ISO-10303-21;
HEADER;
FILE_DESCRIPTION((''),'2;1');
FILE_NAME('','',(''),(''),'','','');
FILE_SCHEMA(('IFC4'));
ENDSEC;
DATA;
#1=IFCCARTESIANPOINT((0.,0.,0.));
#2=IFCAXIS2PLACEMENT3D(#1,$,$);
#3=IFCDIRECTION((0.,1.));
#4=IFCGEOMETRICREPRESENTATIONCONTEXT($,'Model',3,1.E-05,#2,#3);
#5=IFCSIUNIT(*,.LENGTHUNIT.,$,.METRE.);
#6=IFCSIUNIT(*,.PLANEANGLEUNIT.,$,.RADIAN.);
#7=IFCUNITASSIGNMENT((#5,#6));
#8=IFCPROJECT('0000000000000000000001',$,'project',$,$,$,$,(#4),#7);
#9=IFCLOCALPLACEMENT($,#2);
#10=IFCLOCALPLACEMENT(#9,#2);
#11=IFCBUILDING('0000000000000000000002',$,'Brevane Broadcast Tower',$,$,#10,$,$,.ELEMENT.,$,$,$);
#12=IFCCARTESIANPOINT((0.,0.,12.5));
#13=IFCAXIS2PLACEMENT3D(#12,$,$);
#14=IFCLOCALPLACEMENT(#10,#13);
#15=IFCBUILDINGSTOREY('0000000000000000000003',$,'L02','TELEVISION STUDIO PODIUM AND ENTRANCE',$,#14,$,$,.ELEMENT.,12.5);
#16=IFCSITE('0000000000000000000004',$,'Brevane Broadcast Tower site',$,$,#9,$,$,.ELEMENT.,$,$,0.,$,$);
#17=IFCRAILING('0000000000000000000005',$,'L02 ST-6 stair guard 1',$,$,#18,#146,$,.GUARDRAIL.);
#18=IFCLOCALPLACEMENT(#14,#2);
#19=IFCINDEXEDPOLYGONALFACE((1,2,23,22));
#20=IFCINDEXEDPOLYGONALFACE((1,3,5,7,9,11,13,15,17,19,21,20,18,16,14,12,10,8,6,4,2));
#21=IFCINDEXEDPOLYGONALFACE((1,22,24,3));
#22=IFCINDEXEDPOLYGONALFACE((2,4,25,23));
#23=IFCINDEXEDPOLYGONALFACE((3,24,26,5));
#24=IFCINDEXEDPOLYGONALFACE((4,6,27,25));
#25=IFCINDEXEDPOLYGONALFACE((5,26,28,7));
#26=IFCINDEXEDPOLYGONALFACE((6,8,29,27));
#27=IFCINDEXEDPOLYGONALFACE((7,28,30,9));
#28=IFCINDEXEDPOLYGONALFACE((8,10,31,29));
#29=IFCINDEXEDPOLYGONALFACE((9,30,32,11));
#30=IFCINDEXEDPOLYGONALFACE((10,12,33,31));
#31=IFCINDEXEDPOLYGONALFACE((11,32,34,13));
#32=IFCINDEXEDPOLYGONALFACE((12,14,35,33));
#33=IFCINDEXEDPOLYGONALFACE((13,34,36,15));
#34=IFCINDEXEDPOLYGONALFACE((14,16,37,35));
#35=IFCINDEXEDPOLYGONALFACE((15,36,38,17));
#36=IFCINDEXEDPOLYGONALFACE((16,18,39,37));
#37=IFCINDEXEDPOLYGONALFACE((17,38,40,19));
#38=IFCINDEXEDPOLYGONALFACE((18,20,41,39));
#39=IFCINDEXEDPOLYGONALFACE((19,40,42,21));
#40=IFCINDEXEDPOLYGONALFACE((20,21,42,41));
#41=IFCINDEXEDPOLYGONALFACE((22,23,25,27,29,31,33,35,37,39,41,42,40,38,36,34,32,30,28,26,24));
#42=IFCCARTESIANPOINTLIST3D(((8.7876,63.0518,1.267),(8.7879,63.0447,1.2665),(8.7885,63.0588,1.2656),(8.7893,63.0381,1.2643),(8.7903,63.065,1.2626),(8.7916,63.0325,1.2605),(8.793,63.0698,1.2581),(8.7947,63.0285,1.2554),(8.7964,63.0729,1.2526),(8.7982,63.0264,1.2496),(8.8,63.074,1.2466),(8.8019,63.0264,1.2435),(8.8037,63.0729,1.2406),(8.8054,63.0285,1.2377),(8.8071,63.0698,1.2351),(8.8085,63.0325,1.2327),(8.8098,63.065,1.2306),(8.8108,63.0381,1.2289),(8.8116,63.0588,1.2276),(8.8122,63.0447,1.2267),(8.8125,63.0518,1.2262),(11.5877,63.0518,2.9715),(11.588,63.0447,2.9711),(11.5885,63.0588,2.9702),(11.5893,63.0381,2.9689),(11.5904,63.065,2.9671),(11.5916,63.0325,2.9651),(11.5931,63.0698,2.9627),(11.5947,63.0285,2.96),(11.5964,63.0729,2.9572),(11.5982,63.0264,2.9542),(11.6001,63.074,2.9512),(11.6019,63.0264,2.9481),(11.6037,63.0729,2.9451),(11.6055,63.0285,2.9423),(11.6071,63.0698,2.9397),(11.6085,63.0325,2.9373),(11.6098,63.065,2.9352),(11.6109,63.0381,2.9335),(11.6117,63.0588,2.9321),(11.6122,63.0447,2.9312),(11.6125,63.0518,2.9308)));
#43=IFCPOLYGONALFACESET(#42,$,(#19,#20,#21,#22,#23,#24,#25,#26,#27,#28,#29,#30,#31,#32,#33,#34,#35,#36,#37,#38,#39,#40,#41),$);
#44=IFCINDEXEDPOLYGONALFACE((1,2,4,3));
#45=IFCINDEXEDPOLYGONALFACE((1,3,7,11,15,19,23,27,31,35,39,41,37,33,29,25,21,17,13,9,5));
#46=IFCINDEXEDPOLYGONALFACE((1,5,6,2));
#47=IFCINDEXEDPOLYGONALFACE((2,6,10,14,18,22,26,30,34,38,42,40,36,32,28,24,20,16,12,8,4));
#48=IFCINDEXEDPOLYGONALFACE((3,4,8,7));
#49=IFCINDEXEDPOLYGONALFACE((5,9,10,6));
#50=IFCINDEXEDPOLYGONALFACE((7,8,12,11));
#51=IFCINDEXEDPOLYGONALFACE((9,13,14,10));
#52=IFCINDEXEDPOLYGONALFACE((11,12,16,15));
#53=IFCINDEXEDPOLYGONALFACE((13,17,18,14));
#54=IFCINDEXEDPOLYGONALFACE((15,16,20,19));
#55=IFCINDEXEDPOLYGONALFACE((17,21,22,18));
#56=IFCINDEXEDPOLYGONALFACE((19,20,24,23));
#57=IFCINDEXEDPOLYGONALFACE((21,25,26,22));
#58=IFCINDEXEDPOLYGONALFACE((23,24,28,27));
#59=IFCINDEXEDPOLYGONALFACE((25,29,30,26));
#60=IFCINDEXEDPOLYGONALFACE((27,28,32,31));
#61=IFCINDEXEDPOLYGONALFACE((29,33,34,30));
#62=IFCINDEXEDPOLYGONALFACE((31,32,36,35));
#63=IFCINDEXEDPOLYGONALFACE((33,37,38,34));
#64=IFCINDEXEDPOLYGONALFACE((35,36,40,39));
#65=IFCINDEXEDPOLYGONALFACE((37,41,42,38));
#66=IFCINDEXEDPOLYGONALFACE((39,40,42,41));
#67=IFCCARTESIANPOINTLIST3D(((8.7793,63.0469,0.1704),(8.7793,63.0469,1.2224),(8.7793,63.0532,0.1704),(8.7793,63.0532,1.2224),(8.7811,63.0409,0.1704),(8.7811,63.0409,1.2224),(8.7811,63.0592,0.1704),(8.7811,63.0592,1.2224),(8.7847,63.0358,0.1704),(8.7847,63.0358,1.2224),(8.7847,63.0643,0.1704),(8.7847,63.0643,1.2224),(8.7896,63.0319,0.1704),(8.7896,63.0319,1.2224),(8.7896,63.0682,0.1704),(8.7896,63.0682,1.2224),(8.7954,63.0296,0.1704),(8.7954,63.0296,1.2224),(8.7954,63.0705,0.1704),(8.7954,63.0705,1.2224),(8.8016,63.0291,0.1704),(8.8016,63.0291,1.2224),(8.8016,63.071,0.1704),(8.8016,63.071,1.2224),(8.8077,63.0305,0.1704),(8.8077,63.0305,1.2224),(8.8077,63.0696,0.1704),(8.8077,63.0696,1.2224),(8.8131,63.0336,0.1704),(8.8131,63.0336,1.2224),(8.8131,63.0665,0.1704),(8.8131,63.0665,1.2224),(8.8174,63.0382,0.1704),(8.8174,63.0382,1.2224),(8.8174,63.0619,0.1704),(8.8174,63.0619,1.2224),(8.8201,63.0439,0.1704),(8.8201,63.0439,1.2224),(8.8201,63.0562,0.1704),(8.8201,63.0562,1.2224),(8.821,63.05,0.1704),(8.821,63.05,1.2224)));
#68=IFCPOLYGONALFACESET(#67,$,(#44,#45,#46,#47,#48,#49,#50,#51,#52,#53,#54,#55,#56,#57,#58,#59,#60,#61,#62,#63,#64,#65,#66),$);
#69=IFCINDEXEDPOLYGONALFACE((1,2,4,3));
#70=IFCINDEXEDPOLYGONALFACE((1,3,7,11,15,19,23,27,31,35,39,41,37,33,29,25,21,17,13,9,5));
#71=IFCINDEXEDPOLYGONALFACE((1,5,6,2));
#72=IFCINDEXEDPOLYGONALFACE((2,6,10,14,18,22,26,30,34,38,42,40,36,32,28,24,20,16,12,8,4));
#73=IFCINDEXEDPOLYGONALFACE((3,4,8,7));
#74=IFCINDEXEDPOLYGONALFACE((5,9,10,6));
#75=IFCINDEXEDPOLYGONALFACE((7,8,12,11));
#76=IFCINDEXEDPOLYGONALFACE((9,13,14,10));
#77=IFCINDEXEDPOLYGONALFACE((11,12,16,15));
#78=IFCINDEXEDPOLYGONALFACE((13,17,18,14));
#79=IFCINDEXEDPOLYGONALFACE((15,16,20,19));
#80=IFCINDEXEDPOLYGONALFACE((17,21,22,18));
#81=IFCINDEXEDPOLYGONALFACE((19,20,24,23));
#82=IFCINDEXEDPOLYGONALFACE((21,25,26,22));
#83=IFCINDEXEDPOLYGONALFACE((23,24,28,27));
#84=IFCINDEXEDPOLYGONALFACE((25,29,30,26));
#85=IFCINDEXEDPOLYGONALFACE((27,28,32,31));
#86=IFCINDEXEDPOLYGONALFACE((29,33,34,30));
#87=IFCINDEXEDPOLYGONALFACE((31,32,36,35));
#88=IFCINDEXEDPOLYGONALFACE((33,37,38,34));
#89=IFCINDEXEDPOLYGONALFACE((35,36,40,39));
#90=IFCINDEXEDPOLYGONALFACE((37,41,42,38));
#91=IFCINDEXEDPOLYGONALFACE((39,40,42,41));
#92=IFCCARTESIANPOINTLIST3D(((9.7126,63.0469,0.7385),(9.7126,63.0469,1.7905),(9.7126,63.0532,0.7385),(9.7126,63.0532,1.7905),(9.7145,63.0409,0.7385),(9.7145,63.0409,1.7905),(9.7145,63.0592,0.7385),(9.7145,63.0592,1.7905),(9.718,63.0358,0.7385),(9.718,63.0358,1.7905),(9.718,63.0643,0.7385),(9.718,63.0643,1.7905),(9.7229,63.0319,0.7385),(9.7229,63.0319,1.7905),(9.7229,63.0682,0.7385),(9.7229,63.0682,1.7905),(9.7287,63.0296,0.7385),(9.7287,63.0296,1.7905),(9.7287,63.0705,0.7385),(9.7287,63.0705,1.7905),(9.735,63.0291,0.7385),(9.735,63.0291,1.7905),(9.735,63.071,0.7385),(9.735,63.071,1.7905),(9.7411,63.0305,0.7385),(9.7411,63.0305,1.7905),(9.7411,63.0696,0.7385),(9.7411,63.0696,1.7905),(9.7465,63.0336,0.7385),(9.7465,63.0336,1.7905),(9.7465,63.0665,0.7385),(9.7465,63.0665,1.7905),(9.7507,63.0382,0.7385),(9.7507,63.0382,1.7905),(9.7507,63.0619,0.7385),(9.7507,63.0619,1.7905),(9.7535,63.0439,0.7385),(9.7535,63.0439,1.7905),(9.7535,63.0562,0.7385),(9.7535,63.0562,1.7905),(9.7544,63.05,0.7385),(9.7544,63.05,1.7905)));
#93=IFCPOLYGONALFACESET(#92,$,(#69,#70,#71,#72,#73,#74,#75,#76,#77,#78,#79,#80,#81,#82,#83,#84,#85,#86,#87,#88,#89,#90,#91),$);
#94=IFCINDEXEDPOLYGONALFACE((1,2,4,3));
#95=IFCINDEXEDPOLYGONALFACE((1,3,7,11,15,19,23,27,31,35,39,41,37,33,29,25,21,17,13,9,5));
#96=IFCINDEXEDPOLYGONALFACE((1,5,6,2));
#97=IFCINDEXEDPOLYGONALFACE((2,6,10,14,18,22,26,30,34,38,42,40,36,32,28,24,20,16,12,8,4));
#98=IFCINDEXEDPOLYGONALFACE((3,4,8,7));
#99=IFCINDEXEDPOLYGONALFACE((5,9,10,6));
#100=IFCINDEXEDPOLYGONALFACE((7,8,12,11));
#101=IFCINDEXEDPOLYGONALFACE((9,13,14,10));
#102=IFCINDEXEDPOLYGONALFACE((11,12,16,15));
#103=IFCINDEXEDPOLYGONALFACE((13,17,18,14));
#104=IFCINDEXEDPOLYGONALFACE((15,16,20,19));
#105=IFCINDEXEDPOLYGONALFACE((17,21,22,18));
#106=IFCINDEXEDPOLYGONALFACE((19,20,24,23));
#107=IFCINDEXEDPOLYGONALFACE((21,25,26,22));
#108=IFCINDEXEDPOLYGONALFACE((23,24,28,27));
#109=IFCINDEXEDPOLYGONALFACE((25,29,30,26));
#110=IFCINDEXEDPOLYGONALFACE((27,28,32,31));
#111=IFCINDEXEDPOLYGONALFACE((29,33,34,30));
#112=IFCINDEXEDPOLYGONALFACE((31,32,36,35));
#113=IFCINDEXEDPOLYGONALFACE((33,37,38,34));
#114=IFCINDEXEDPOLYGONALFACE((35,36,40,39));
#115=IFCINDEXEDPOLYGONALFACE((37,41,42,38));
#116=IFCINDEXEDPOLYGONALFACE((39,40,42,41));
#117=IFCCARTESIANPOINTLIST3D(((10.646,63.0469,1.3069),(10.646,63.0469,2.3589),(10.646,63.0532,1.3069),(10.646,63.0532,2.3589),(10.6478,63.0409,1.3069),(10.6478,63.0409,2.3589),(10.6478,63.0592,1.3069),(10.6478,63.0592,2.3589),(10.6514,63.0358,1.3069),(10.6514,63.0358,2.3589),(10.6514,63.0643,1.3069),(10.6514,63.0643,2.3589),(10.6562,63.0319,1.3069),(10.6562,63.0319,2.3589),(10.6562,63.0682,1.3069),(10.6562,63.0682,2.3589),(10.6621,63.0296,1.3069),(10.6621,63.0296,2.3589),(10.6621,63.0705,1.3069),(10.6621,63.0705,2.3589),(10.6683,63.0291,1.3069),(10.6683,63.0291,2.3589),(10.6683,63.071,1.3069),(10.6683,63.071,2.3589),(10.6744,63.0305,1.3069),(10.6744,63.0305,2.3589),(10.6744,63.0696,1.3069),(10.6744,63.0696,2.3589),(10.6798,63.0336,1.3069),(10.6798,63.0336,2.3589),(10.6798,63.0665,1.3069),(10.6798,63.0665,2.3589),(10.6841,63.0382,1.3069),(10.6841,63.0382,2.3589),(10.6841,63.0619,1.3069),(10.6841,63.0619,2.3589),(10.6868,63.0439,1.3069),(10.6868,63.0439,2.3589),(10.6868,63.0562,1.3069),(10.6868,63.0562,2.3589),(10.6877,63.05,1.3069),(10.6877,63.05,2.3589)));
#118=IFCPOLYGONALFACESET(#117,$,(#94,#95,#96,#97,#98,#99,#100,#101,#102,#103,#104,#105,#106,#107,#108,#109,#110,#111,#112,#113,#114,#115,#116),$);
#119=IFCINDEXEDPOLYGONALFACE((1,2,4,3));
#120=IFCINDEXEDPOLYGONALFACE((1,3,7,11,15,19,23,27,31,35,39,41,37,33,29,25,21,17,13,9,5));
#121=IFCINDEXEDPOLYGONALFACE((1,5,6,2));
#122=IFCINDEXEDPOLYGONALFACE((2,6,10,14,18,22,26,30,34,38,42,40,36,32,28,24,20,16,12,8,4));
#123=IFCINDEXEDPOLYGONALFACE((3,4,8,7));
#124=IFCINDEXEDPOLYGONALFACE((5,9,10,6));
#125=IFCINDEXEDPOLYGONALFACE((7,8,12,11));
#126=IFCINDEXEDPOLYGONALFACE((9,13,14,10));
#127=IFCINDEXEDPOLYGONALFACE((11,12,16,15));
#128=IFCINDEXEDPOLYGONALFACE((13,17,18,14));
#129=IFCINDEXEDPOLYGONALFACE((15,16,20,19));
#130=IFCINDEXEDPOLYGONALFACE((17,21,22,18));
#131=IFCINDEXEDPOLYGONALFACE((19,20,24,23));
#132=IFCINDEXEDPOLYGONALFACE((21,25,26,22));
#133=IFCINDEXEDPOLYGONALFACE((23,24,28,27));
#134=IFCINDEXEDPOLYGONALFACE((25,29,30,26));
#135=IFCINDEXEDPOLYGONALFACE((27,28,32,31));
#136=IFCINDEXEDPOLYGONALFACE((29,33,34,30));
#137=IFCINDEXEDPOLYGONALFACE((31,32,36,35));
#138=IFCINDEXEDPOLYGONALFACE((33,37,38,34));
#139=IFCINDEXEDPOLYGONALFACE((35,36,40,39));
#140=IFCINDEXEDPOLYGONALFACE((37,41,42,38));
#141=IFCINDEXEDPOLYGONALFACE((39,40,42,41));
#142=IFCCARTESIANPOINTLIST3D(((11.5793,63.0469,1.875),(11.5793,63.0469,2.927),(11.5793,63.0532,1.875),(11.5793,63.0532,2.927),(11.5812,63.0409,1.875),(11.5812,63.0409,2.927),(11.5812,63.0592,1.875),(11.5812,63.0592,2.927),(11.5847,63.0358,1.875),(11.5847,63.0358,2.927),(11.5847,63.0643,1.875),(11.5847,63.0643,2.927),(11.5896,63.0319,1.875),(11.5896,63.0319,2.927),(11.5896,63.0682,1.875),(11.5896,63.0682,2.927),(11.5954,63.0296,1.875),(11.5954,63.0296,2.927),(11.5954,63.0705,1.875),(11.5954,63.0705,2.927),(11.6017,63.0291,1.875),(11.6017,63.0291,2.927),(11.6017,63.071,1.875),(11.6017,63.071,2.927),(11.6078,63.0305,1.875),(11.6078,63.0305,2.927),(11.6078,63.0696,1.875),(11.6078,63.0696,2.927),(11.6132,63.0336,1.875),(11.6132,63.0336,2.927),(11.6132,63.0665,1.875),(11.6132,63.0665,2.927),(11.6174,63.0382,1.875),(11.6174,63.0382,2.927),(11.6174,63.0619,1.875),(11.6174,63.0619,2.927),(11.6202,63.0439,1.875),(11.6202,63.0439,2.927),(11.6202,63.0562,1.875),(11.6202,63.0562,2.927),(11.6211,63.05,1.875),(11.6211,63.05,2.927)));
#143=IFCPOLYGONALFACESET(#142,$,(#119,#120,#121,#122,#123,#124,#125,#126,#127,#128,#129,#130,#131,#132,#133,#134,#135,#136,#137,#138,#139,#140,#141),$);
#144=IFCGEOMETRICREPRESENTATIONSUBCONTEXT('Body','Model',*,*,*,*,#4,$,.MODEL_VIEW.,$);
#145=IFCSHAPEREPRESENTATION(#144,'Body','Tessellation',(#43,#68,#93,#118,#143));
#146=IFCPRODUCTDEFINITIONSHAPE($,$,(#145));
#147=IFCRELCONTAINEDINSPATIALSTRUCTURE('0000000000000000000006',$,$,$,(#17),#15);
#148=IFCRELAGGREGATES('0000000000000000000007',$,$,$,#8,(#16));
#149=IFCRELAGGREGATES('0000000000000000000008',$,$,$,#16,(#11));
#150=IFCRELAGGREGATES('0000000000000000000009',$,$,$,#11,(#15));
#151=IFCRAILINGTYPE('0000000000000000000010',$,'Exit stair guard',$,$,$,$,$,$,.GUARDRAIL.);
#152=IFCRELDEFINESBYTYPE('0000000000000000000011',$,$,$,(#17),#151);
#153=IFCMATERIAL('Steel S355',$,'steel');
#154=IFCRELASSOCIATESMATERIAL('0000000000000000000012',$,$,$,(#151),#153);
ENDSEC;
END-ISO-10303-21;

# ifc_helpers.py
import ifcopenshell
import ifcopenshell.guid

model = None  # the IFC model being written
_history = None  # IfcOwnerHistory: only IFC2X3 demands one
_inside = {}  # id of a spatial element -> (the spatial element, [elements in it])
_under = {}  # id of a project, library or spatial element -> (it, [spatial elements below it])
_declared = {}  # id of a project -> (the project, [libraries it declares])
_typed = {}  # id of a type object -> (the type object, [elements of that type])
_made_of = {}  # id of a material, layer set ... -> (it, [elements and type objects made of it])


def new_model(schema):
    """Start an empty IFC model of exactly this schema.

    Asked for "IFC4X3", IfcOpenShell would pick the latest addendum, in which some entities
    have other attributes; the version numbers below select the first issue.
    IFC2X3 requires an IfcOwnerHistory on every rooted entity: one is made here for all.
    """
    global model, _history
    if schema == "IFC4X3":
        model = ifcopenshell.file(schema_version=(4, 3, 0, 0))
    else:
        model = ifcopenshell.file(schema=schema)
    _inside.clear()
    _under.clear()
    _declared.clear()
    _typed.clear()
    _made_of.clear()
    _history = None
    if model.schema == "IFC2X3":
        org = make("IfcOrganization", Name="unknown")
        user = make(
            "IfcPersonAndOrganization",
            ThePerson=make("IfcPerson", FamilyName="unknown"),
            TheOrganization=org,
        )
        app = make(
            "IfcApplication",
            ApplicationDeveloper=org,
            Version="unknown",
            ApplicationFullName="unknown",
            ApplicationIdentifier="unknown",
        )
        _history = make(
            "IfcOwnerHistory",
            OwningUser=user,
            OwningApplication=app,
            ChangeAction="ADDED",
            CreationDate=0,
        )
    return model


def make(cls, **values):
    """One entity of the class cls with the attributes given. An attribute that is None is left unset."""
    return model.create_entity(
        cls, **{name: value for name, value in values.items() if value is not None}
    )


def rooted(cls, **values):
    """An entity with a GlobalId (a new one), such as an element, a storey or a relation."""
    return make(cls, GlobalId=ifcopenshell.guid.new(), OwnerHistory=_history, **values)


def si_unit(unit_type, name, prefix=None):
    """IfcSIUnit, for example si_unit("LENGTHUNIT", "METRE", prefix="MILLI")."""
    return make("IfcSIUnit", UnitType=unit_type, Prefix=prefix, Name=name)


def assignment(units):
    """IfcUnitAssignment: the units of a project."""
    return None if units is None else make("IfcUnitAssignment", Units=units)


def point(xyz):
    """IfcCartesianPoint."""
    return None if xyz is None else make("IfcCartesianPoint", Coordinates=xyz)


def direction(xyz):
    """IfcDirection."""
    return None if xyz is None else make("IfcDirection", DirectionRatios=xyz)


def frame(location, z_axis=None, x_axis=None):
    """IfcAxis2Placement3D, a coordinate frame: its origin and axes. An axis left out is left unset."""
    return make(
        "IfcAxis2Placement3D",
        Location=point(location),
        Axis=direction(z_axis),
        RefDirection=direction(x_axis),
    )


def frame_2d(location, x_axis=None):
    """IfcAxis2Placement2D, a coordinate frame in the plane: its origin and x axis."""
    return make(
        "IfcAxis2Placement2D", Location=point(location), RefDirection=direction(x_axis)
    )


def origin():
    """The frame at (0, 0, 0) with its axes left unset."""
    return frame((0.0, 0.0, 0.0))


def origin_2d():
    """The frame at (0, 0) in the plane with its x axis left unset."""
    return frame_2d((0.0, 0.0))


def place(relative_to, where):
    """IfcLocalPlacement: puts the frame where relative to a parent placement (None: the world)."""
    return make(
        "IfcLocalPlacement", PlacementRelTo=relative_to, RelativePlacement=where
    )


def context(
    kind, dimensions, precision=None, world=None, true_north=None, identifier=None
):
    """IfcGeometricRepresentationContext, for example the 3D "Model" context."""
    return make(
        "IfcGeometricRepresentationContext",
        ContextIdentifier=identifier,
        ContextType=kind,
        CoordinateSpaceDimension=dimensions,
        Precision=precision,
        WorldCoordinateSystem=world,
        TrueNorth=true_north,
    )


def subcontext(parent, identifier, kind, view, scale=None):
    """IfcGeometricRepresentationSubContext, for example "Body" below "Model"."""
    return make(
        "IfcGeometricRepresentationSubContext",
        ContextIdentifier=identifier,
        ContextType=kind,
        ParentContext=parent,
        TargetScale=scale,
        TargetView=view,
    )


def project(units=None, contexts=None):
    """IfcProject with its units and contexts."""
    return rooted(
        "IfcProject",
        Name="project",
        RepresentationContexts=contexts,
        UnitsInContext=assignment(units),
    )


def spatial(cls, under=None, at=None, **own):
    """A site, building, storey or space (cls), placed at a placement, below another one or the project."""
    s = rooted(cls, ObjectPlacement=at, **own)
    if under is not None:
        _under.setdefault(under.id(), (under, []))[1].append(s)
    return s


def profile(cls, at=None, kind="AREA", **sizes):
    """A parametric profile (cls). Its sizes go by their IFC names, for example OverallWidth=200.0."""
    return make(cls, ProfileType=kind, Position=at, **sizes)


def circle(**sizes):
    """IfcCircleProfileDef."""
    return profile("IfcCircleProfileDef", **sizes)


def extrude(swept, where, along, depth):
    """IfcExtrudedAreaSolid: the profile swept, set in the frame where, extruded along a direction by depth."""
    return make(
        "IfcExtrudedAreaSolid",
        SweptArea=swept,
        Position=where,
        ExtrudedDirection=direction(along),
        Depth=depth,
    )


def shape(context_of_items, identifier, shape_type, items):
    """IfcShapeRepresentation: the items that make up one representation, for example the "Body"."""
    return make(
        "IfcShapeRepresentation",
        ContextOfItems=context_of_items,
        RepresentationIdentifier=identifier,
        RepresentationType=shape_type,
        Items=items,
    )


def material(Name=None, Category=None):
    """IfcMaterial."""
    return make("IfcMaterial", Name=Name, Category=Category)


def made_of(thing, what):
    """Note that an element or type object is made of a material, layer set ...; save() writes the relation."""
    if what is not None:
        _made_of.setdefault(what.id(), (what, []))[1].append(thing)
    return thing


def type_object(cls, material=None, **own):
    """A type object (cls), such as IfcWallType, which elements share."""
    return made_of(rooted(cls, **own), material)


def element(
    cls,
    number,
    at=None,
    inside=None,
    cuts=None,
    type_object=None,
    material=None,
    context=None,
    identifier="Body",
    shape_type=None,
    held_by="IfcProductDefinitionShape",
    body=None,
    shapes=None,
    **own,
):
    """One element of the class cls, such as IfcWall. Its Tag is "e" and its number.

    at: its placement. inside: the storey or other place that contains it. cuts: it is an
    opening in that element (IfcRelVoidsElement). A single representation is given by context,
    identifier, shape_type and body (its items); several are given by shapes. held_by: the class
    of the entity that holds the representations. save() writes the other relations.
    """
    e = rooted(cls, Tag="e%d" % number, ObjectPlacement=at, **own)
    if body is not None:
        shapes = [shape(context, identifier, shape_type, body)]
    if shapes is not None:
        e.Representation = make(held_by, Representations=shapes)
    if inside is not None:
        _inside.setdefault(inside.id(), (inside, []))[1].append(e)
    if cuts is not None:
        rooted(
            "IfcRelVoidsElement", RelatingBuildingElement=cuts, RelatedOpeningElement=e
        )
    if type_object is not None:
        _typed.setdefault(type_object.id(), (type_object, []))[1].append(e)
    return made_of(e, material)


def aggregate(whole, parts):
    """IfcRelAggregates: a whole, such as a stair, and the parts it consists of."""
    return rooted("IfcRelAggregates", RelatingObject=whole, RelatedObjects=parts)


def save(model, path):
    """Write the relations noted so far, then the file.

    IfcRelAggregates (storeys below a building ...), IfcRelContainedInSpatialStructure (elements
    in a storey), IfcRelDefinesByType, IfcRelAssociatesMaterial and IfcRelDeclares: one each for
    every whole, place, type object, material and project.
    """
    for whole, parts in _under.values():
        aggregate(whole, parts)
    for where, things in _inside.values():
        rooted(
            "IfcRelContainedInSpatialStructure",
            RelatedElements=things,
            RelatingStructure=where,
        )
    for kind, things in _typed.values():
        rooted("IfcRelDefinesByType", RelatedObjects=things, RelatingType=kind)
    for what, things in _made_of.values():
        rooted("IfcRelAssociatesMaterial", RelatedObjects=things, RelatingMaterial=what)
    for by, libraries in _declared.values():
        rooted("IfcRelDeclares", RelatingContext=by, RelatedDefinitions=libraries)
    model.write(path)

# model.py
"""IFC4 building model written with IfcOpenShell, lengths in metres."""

from ifc_helpers import new_model, si_unit, direction, frame, origin, origin_2d, place, context, subcontext, project, spatial, circle, extrude, material, type_object, element, save


model = new_model("IFC4")

# Units and contexts
model_context = context("Model", 3, precision=1e-05, world=origin(), true_north=direction((0.0, 1.0)))
body_context = subcontext(model_context, "Body", "Model", "MODEL_VIEW")
ifc_project = project(units=[si_unit("LENGTHUNIT", "METRE"), si_unit("PLANEANGLEUNIT", "RADIAN")], contexts=[model_context])

# Site, building, storey
site_placement = place(None, origin())
site = spatial("IfcSite", under=ifc_project, at=site_placement, Name="Brevane Broadcast Tower site", CompositionType="ELEMENT", RefElevation=0.0)
building_placement = place(site_placement, origin())
building = spatial("IfcBuilding", under=site, at=building_placement, Name="Brevane Broadcast Tower", CompositionType="ELEMENT")
storey_placement = place(building_placement, frame((0.0, 0.0, 12.5)))
storey = spatial("IfcBuildingStorey", under=building, at=storey_placement, Name="L02", Description="TELEVISION STUDIO PODIUM AND ENTRANCE", CompositionType="ELEMENT", Elevation=12.5)

# Railing
ifc_material_1 = material(Name="Steel S355", Category="steel")
railing_type_1 = type_object("IfcRailingType", Name="Exit stair guard", PredefinedType="GUARDRAIL", material=ifc_material_1)
railing_1_placement = place(storey_placement, frame((8.8, 63.05, 0.1704)))
element("IfcRailing", 1, at=railing_1_placement, inside=storey, type_object=railing_type_1, Name="L02 ST-6 stair guard 1", PredefinedType="GUARDRAIL", context=body_context, shape_type="SweptSolid", body=[
    extrude(circle(Radius=0.0239, at=origin_2d()), frame((0.0, 0.0, 1.0762), z_axis=(0.85417, 0.0, 0.519994), x_axis=(0.0, 1.0, 0.0)), (0.0, 0.0, 1.0), 3.2781),
    extrude(circle(Radius=0.021, at=origin_2d()), origin(), (0.0, 0.0, 1.0), 1.052),
    extrude(circle(Radius=0.021, at=origin_2d()), frame((0.9333, 0.0, 0.5681)), (0.0, 0.0, 1.0), 1.052),
    extrude(circle(Radius=0.021, at=origin_2d()), frame((1.8667, 0.0, 1.1365)), (0.0, 0.0, 1.0), 1.052),
    extrude(circle(Radius=0.021, at=origin_2d()), frame((2.8, 0.0, 1.7046)), (0.0, 0.0, 1.0), 1.052),
])

save(model, "model.ifc")
